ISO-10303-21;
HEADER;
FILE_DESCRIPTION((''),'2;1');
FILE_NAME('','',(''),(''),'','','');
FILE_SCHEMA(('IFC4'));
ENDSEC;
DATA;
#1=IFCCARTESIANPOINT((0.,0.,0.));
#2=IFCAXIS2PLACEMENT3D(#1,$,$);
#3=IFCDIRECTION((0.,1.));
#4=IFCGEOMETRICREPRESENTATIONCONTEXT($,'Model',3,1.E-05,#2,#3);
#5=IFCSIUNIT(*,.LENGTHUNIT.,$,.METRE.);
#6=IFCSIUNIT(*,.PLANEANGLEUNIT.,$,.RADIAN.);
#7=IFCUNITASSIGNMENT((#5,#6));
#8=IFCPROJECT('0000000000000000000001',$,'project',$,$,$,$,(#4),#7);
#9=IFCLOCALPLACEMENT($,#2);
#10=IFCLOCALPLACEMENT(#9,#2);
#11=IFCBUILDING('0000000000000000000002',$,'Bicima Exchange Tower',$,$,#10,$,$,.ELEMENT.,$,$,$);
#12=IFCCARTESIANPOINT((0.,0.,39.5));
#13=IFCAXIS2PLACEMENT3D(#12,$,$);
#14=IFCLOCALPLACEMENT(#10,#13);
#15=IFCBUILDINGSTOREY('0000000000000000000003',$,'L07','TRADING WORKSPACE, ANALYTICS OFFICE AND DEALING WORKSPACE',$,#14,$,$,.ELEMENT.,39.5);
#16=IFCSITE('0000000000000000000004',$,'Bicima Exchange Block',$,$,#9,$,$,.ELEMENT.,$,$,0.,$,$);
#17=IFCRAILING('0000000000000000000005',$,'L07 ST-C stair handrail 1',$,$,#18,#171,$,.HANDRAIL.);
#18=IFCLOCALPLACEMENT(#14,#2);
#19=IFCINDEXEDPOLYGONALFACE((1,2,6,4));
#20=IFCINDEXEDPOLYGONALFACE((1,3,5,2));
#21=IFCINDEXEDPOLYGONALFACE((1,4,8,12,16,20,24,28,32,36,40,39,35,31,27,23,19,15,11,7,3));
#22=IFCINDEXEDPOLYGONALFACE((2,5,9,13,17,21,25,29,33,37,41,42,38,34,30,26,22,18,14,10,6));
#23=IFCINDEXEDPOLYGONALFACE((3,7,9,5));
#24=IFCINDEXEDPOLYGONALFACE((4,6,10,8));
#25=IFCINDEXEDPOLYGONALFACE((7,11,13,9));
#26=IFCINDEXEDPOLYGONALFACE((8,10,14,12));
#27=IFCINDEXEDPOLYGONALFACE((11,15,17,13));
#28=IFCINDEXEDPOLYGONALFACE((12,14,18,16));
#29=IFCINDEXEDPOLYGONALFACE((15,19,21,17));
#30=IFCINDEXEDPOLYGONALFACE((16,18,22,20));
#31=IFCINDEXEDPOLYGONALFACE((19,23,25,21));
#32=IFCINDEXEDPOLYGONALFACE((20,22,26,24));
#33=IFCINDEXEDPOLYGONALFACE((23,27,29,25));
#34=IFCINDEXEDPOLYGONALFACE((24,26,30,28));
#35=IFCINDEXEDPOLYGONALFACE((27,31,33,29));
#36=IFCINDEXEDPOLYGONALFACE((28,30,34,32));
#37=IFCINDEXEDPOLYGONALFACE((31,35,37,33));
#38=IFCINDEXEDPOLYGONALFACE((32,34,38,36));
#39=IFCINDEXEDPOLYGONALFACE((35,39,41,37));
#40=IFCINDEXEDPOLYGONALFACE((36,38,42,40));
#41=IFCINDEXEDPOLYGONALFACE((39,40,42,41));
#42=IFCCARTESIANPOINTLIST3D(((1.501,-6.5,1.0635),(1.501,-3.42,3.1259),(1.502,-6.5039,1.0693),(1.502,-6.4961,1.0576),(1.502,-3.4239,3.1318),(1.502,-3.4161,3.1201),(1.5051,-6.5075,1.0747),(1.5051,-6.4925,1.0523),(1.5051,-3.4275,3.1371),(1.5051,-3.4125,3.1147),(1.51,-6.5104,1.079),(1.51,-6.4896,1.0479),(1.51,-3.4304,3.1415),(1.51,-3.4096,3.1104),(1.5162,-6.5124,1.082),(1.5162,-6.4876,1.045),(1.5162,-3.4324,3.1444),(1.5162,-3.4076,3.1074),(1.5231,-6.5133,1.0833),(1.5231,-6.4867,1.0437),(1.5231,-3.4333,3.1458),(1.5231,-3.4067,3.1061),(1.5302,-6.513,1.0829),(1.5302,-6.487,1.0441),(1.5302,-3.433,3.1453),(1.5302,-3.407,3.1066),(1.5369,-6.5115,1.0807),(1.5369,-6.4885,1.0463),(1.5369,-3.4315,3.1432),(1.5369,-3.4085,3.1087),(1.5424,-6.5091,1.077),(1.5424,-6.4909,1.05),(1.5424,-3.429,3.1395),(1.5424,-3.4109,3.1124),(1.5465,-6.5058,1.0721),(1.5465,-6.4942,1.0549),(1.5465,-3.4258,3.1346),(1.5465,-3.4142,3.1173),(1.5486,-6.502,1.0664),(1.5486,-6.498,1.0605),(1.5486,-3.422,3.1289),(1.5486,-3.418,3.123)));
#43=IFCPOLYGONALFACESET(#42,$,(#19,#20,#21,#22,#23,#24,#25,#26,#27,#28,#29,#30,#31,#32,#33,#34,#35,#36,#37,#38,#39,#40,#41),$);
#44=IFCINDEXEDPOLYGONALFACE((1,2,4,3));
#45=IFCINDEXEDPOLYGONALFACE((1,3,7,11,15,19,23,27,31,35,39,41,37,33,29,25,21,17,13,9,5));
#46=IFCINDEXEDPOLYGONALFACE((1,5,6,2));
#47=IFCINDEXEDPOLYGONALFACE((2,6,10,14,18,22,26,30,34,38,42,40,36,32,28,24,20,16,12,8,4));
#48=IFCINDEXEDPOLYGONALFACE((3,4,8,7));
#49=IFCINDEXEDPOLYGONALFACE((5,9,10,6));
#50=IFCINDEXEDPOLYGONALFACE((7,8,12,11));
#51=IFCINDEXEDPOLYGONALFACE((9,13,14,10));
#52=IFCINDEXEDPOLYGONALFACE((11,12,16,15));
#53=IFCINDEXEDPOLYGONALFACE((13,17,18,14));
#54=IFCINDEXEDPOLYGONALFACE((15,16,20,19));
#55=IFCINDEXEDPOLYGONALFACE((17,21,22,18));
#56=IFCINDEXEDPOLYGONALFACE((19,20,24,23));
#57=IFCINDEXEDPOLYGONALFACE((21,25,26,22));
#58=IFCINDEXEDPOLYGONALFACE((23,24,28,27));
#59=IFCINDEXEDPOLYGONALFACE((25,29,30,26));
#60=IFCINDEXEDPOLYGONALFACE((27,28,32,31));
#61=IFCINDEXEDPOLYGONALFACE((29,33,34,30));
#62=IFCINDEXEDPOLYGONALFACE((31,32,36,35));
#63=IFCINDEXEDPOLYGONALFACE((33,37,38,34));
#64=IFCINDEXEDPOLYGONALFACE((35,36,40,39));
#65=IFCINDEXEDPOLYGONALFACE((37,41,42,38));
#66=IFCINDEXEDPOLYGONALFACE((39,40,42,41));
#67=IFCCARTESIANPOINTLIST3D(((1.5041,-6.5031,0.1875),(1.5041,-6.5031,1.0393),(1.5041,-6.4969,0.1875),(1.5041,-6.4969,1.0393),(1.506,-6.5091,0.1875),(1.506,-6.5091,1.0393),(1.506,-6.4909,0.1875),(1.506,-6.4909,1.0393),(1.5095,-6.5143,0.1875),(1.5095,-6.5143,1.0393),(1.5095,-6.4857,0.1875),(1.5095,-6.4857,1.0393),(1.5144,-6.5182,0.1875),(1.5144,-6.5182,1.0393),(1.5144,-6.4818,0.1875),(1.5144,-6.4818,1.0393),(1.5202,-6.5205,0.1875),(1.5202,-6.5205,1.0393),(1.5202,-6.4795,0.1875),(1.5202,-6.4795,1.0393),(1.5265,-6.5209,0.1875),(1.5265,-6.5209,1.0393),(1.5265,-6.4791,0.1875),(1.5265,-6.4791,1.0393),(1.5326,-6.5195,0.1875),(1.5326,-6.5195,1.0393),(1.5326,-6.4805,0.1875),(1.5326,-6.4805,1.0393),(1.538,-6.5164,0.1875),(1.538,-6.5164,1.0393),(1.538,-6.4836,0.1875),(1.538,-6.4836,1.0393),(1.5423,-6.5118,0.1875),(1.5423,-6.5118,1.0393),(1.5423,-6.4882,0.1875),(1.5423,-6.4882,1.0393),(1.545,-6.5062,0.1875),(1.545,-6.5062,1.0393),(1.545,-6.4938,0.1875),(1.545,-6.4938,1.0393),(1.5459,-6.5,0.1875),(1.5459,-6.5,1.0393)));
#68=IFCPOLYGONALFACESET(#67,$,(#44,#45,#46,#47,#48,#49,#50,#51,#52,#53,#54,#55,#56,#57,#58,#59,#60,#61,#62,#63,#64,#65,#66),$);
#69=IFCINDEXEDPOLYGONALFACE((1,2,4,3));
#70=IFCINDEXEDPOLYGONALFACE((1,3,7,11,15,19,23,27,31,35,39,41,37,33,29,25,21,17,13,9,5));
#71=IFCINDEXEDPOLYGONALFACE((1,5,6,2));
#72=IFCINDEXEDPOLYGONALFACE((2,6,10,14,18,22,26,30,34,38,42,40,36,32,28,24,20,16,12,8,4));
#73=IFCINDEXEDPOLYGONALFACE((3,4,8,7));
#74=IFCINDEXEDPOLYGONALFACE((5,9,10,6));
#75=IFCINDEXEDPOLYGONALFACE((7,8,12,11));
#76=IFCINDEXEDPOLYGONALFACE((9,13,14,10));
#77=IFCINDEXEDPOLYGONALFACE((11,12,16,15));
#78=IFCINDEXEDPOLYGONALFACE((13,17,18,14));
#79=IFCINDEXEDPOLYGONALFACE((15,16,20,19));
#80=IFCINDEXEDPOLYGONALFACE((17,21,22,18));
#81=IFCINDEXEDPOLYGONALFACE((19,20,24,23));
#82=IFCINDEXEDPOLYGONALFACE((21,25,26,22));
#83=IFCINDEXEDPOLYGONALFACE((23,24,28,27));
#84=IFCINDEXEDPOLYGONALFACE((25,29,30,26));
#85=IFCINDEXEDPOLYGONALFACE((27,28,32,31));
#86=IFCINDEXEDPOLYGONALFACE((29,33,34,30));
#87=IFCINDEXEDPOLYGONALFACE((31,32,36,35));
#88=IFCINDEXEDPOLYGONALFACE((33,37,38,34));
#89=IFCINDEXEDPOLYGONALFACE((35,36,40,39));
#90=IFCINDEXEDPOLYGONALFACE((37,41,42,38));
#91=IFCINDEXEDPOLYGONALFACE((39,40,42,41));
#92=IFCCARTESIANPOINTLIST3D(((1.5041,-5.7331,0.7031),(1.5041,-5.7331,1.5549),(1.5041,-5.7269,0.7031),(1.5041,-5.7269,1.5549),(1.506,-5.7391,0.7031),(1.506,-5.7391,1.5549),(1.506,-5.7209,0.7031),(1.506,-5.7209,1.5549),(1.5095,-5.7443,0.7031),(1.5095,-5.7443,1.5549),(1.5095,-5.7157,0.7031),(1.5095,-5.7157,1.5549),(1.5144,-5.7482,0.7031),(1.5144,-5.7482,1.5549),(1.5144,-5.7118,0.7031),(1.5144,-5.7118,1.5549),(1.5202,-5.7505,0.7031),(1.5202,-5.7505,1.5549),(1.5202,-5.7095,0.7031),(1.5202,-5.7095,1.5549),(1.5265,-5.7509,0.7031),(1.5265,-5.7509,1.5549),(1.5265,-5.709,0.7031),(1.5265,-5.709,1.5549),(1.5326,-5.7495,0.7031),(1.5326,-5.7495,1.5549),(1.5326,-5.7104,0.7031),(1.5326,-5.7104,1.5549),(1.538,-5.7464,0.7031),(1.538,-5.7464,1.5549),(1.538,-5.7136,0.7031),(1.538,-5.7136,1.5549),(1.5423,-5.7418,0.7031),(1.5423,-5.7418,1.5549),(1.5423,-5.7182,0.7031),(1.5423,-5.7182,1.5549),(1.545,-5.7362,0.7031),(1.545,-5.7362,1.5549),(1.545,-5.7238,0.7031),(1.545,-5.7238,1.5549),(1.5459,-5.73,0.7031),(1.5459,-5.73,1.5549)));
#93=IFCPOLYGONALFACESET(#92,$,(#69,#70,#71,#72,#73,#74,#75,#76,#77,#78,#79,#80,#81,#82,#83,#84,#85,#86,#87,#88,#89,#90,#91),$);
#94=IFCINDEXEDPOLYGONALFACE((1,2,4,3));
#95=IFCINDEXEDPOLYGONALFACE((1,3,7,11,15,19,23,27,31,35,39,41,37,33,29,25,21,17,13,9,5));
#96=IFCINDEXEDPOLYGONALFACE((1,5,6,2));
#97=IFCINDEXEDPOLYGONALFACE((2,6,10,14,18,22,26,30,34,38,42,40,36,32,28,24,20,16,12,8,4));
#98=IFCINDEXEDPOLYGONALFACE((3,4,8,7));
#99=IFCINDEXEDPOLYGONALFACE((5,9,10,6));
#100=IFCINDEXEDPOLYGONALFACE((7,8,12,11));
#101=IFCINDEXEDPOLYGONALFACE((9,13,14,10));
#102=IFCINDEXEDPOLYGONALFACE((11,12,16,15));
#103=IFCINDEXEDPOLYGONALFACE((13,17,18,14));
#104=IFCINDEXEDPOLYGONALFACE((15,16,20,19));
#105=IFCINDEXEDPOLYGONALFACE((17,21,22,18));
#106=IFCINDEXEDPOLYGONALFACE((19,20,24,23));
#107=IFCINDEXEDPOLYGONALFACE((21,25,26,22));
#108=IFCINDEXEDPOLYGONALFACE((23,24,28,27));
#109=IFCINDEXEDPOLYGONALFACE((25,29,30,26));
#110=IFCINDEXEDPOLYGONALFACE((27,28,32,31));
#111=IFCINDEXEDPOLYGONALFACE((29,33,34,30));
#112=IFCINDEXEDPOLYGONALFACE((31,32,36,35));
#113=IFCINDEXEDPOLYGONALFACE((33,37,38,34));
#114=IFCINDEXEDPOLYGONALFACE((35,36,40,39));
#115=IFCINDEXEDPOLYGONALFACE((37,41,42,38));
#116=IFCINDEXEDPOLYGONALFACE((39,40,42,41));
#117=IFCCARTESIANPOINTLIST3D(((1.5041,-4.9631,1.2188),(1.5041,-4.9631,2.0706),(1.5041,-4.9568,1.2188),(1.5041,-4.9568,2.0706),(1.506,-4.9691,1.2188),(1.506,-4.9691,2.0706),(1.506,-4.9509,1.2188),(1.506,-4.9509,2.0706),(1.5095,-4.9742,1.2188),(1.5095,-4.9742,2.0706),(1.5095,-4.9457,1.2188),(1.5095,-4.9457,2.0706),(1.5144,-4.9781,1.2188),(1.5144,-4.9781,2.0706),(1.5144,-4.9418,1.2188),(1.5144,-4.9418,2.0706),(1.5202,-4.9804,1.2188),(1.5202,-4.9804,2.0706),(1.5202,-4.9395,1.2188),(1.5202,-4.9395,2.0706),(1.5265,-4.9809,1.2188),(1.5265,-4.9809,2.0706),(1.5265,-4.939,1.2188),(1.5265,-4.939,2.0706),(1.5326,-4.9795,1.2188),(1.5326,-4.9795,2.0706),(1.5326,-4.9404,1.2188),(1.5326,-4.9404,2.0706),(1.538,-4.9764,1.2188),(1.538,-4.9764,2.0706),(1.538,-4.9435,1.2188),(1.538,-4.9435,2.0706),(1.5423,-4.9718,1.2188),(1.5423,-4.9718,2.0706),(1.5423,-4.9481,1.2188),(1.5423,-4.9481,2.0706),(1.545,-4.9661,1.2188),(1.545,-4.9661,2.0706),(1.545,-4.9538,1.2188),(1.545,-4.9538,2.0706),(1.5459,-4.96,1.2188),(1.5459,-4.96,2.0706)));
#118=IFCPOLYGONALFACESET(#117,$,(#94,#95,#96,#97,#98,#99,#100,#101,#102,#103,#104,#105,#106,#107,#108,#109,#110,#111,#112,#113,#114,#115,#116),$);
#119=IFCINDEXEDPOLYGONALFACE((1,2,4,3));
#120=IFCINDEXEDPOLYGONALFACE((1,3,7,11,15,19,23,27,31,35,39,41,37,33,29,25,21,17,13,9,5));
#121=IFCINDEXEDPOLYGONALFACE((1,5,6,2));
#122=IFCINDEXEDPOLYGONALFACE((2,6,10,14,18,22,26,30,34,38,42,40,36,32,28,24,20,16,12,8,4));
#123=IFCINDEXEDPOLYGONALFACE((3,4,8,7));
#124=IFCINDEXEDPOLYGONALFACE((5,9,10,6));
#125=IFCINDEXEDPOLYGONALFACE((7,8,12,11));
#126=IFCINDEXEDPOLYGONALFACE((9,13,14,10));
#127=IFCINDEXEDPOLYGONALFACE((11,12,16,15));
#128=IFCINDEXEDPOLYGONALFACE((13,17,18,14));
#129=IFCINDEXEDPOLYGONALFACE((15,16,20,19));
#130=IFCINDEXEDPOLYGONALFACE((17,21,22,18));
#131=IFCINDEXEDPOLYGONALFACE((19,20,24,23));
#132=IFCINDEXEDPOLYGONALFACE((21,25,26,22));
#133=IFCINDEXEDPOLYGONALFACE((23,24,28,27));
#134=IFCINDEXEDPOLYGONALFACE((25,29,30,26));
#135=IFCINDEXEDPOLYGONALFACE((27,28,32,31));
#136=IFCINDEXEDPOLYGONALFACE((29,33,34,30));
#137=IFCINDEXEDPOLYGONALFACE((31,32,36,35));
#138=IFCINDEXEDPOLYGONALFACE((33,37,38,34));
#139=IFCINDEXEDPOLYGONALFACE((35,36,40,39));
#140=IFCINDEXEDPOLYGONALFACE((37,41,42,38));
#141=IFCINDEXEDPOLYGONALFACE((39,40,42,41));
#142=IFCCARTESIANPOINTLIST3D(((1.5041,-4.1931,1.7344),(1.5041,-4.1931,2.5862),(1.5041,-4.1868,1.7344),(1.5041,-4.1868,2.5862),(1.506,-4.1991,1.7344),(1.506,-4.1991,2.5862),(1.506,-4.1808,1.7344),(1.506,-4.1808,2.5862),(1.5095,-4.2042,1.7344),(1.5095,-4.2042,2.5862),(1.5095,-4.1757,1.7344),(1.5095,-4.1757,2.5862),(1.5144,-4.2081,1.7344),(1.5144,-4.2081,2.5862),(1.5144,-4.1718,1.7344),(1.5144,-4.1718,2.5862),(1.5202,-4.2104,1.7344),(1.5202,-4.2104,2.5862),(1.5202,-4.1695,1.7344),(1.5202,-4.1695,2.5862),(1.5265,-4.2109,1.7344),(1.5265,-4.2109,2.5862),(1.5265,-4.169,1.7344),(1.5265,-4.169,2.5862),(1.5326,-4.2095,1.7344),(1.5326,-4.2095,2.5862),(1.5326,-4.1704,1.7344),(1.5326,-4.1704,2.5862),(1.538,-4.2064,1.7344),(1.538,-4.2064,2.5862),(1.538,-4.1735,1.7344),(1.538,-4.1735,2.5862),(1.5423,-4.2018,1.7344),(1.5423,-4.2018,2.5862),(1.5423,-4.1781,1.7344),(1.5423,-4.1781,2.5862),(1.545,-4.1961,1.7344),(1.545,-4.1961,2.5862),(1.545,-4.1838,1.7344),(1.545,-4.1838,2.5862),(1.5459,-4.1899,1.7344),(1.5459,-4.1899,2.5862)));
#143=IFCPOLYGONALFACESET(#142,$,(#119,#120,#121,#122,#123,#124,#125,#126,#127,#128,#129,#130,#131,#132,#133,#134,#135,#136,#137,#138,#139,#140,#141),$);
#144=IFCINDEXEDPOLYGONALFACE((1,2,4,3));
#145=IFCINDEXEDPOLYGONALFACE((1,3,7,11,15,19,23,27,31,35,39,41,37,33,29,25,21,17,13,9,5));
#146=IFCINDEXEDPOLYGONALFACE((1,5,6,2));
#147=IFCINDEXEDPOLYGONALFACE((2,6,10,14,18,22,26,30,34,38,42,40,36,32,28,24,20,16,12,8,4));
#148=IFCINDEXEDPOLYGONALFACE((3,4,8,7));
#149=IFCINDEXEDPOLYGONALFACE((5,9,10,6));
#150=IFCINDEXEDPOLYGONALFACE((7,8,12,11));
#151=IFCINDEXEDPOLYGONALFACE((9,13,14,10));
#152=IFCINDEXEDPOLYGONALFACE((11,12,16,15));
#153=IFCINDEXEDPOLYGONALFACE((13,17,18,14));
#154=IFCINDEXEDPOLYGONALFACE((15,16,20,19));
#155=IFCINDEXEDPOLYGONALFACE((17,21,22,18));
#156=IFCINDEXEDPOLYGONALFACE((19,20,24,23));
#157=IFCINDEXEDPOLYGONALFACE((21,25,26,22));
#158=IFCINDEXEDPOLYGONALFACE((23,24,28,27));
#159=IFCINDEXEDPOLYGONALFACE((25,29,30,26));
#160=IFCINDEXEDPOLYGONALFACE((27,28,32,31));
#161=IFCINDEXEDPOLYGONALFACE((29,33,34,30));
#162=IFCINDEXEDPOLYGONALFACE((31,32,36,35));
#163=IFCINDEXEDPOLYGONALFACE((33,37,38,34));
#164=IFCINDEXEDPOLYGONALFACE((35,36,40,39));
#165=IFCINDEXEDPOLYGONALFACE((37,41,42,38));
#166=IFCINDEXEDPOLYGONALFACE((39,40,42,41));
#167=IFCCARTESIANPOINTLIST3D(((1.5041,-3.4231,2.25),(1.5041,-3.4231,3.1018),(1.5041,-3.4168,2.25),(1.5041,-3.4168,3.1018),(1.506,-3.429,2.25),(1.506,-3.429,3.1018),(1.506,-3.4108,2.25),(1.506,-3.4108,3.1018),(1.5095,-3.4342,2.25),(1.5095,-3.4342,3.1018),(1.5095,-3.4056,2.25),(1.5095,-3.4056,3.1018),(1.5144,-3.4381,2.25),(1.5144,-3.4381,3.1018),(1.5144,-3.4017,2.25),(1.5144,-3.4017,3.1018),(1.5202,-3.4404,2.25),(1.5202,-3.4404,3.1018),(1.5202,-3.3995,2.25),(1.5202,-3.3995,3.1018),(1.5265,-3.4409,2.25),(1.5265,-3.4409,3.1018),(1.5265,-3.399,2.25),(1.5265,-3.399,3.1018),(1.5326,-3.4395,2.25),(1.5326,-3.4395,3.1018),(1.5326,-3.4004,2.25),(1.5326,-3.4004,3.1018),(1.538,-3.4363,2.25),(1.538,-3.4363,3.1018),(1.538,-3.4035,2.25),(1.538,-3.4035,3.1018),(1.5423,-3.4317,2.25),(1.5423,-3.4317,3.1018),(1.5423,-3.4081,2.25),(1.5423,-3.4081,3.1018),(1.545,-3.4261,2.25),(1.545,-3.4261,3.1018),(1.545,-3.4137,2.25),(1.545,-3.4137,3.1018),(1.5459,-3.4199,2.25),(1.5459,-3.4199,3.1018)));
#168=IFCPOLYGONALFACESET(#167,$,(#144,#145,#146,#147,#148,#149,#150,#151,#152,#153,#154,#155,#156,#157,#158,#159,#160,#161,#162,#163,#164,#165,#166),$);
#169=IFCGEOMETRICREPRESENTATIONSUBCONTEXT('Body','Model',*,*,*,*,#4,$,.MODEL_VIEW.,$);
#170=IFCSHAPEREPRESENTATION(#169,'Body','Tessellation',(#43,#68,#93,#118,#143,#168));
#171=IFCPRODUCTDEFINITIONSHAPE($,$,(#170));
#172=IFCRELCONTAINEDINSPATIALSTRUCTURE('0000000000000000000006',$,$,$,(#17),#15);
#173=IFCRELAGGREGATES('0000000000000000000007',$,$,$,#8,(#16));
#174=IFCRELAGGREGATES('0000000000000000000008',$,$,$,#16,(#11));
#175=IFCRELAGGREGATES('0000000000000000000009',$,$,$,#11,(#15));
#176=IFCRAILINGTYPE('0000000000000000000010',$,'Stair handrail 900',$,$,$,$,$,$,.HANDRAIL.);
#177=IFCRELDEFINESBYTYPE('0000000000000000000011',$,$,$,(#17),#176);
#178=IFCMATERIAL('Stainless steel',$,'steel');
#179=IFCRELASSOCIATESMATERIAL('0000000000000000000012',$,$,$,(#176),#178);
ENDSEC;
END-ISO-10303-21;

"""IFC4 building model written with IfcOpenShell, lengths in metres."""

from ifc_helpers import new_model, si_unit, direction, frame, origin, origin_2d, place, context, subcontext, project, spatial, circle, extrude, material, type_object, element, save


model = new_model("IFC4")

# Units and contexts
model_context = context("Model", 3, precision=1e-05, world=origin(), true_north=direction((0.0, 1.0)))
body_context = subcontext(model_context, "Body", "Model", "MODEL_VIEW")
ifc_project = project(units=[si_unit("LENGTHUNIT", "METRE"), si_unit("PLANEANGLEUNIT", "RADIAN")], contexts=[model_context])

# Site, building, storey
site_placement = place(None, origin())
site = spatial("IfcSite", under=ifc_project, at=site_placement, Name="Bicima Exchange Block", CompositionType="ELEMENT", RefElevation=0.0)
building_placement = place(site_placement, origin())
building = spatial("IfcBuilding", under=site, at=building_placement, Name="Bicima Exchange Tower", CompositionType="ELEMENT")
storey_placement = place(building_placement, frame((0.0, 0.0, 39.5)))
storey = spatial("IfcBuildingStorey", under=building, at=storey_placement, Name="L07", Description="TRADING WORKSPACE, ANALYTICS OFFICE AND DEALING WORKSPACE", CompositionType="ELEMENT", Elevation=39.5)

# Shared definitions
ifc_material_1 = material(Name="Stainless steel", Category="steel")

# Railing
railing_type_1 = type_object("IfcRailingType", Name="Stair handrail 900", PredefinedType="HANDRAIL", material=ifc_material_1)
railing_1_placement = place(storey_placement, frame((1.5249, -6.5, 0.1875)))
element("IfcRailing", 1, at=railing_1_placement, inside=storey, type_object=railing_type_1, Name="L07 ST-C stair handrail 1", PredefinedType="HANDRAIL", context=body_context, shape_type="SweptSolid", body=[
    extrude(circle(Radius=0.0239, at=origin_2d()), frame((0.0, 0.0, 0.876), z_axis=(0.0, 0.830914, 0.556401), x_axis=(-1.0, 0.0, 0.0)), (0.0, 0.0, 1.0), 3.7068),
    extrude(circle(Radius=0.021, at=origin_2d()), origin(), (0.0, 0.0, 1.0), 0.8518),
    extrude(circle(Radius=0.021, at=origin_2d()), frame((0.0, 0.77, 0.5156)), (0.0, 0.0, 1.0), 0.8518),
    extrude(circle(Radius=0.021, at=origin_2d()), frame((0.0, 1.54, 1.0312)), (0.0, 0.0, 1.0), 0.8518),
    extrude(circle(Radius=0.021, at=origin_2d()), frame((0.0, 2.3101, 1.5469)), (0.0, 0.0, 1.0), 0.8518),
    extrude(circle(Radius=0.021, at=origin_2d()), frame((0.0, 3.0801, 2.0625)), (0.0, 0.0, 1.0), 0.8518),
])

save(model, "model.ifc")
